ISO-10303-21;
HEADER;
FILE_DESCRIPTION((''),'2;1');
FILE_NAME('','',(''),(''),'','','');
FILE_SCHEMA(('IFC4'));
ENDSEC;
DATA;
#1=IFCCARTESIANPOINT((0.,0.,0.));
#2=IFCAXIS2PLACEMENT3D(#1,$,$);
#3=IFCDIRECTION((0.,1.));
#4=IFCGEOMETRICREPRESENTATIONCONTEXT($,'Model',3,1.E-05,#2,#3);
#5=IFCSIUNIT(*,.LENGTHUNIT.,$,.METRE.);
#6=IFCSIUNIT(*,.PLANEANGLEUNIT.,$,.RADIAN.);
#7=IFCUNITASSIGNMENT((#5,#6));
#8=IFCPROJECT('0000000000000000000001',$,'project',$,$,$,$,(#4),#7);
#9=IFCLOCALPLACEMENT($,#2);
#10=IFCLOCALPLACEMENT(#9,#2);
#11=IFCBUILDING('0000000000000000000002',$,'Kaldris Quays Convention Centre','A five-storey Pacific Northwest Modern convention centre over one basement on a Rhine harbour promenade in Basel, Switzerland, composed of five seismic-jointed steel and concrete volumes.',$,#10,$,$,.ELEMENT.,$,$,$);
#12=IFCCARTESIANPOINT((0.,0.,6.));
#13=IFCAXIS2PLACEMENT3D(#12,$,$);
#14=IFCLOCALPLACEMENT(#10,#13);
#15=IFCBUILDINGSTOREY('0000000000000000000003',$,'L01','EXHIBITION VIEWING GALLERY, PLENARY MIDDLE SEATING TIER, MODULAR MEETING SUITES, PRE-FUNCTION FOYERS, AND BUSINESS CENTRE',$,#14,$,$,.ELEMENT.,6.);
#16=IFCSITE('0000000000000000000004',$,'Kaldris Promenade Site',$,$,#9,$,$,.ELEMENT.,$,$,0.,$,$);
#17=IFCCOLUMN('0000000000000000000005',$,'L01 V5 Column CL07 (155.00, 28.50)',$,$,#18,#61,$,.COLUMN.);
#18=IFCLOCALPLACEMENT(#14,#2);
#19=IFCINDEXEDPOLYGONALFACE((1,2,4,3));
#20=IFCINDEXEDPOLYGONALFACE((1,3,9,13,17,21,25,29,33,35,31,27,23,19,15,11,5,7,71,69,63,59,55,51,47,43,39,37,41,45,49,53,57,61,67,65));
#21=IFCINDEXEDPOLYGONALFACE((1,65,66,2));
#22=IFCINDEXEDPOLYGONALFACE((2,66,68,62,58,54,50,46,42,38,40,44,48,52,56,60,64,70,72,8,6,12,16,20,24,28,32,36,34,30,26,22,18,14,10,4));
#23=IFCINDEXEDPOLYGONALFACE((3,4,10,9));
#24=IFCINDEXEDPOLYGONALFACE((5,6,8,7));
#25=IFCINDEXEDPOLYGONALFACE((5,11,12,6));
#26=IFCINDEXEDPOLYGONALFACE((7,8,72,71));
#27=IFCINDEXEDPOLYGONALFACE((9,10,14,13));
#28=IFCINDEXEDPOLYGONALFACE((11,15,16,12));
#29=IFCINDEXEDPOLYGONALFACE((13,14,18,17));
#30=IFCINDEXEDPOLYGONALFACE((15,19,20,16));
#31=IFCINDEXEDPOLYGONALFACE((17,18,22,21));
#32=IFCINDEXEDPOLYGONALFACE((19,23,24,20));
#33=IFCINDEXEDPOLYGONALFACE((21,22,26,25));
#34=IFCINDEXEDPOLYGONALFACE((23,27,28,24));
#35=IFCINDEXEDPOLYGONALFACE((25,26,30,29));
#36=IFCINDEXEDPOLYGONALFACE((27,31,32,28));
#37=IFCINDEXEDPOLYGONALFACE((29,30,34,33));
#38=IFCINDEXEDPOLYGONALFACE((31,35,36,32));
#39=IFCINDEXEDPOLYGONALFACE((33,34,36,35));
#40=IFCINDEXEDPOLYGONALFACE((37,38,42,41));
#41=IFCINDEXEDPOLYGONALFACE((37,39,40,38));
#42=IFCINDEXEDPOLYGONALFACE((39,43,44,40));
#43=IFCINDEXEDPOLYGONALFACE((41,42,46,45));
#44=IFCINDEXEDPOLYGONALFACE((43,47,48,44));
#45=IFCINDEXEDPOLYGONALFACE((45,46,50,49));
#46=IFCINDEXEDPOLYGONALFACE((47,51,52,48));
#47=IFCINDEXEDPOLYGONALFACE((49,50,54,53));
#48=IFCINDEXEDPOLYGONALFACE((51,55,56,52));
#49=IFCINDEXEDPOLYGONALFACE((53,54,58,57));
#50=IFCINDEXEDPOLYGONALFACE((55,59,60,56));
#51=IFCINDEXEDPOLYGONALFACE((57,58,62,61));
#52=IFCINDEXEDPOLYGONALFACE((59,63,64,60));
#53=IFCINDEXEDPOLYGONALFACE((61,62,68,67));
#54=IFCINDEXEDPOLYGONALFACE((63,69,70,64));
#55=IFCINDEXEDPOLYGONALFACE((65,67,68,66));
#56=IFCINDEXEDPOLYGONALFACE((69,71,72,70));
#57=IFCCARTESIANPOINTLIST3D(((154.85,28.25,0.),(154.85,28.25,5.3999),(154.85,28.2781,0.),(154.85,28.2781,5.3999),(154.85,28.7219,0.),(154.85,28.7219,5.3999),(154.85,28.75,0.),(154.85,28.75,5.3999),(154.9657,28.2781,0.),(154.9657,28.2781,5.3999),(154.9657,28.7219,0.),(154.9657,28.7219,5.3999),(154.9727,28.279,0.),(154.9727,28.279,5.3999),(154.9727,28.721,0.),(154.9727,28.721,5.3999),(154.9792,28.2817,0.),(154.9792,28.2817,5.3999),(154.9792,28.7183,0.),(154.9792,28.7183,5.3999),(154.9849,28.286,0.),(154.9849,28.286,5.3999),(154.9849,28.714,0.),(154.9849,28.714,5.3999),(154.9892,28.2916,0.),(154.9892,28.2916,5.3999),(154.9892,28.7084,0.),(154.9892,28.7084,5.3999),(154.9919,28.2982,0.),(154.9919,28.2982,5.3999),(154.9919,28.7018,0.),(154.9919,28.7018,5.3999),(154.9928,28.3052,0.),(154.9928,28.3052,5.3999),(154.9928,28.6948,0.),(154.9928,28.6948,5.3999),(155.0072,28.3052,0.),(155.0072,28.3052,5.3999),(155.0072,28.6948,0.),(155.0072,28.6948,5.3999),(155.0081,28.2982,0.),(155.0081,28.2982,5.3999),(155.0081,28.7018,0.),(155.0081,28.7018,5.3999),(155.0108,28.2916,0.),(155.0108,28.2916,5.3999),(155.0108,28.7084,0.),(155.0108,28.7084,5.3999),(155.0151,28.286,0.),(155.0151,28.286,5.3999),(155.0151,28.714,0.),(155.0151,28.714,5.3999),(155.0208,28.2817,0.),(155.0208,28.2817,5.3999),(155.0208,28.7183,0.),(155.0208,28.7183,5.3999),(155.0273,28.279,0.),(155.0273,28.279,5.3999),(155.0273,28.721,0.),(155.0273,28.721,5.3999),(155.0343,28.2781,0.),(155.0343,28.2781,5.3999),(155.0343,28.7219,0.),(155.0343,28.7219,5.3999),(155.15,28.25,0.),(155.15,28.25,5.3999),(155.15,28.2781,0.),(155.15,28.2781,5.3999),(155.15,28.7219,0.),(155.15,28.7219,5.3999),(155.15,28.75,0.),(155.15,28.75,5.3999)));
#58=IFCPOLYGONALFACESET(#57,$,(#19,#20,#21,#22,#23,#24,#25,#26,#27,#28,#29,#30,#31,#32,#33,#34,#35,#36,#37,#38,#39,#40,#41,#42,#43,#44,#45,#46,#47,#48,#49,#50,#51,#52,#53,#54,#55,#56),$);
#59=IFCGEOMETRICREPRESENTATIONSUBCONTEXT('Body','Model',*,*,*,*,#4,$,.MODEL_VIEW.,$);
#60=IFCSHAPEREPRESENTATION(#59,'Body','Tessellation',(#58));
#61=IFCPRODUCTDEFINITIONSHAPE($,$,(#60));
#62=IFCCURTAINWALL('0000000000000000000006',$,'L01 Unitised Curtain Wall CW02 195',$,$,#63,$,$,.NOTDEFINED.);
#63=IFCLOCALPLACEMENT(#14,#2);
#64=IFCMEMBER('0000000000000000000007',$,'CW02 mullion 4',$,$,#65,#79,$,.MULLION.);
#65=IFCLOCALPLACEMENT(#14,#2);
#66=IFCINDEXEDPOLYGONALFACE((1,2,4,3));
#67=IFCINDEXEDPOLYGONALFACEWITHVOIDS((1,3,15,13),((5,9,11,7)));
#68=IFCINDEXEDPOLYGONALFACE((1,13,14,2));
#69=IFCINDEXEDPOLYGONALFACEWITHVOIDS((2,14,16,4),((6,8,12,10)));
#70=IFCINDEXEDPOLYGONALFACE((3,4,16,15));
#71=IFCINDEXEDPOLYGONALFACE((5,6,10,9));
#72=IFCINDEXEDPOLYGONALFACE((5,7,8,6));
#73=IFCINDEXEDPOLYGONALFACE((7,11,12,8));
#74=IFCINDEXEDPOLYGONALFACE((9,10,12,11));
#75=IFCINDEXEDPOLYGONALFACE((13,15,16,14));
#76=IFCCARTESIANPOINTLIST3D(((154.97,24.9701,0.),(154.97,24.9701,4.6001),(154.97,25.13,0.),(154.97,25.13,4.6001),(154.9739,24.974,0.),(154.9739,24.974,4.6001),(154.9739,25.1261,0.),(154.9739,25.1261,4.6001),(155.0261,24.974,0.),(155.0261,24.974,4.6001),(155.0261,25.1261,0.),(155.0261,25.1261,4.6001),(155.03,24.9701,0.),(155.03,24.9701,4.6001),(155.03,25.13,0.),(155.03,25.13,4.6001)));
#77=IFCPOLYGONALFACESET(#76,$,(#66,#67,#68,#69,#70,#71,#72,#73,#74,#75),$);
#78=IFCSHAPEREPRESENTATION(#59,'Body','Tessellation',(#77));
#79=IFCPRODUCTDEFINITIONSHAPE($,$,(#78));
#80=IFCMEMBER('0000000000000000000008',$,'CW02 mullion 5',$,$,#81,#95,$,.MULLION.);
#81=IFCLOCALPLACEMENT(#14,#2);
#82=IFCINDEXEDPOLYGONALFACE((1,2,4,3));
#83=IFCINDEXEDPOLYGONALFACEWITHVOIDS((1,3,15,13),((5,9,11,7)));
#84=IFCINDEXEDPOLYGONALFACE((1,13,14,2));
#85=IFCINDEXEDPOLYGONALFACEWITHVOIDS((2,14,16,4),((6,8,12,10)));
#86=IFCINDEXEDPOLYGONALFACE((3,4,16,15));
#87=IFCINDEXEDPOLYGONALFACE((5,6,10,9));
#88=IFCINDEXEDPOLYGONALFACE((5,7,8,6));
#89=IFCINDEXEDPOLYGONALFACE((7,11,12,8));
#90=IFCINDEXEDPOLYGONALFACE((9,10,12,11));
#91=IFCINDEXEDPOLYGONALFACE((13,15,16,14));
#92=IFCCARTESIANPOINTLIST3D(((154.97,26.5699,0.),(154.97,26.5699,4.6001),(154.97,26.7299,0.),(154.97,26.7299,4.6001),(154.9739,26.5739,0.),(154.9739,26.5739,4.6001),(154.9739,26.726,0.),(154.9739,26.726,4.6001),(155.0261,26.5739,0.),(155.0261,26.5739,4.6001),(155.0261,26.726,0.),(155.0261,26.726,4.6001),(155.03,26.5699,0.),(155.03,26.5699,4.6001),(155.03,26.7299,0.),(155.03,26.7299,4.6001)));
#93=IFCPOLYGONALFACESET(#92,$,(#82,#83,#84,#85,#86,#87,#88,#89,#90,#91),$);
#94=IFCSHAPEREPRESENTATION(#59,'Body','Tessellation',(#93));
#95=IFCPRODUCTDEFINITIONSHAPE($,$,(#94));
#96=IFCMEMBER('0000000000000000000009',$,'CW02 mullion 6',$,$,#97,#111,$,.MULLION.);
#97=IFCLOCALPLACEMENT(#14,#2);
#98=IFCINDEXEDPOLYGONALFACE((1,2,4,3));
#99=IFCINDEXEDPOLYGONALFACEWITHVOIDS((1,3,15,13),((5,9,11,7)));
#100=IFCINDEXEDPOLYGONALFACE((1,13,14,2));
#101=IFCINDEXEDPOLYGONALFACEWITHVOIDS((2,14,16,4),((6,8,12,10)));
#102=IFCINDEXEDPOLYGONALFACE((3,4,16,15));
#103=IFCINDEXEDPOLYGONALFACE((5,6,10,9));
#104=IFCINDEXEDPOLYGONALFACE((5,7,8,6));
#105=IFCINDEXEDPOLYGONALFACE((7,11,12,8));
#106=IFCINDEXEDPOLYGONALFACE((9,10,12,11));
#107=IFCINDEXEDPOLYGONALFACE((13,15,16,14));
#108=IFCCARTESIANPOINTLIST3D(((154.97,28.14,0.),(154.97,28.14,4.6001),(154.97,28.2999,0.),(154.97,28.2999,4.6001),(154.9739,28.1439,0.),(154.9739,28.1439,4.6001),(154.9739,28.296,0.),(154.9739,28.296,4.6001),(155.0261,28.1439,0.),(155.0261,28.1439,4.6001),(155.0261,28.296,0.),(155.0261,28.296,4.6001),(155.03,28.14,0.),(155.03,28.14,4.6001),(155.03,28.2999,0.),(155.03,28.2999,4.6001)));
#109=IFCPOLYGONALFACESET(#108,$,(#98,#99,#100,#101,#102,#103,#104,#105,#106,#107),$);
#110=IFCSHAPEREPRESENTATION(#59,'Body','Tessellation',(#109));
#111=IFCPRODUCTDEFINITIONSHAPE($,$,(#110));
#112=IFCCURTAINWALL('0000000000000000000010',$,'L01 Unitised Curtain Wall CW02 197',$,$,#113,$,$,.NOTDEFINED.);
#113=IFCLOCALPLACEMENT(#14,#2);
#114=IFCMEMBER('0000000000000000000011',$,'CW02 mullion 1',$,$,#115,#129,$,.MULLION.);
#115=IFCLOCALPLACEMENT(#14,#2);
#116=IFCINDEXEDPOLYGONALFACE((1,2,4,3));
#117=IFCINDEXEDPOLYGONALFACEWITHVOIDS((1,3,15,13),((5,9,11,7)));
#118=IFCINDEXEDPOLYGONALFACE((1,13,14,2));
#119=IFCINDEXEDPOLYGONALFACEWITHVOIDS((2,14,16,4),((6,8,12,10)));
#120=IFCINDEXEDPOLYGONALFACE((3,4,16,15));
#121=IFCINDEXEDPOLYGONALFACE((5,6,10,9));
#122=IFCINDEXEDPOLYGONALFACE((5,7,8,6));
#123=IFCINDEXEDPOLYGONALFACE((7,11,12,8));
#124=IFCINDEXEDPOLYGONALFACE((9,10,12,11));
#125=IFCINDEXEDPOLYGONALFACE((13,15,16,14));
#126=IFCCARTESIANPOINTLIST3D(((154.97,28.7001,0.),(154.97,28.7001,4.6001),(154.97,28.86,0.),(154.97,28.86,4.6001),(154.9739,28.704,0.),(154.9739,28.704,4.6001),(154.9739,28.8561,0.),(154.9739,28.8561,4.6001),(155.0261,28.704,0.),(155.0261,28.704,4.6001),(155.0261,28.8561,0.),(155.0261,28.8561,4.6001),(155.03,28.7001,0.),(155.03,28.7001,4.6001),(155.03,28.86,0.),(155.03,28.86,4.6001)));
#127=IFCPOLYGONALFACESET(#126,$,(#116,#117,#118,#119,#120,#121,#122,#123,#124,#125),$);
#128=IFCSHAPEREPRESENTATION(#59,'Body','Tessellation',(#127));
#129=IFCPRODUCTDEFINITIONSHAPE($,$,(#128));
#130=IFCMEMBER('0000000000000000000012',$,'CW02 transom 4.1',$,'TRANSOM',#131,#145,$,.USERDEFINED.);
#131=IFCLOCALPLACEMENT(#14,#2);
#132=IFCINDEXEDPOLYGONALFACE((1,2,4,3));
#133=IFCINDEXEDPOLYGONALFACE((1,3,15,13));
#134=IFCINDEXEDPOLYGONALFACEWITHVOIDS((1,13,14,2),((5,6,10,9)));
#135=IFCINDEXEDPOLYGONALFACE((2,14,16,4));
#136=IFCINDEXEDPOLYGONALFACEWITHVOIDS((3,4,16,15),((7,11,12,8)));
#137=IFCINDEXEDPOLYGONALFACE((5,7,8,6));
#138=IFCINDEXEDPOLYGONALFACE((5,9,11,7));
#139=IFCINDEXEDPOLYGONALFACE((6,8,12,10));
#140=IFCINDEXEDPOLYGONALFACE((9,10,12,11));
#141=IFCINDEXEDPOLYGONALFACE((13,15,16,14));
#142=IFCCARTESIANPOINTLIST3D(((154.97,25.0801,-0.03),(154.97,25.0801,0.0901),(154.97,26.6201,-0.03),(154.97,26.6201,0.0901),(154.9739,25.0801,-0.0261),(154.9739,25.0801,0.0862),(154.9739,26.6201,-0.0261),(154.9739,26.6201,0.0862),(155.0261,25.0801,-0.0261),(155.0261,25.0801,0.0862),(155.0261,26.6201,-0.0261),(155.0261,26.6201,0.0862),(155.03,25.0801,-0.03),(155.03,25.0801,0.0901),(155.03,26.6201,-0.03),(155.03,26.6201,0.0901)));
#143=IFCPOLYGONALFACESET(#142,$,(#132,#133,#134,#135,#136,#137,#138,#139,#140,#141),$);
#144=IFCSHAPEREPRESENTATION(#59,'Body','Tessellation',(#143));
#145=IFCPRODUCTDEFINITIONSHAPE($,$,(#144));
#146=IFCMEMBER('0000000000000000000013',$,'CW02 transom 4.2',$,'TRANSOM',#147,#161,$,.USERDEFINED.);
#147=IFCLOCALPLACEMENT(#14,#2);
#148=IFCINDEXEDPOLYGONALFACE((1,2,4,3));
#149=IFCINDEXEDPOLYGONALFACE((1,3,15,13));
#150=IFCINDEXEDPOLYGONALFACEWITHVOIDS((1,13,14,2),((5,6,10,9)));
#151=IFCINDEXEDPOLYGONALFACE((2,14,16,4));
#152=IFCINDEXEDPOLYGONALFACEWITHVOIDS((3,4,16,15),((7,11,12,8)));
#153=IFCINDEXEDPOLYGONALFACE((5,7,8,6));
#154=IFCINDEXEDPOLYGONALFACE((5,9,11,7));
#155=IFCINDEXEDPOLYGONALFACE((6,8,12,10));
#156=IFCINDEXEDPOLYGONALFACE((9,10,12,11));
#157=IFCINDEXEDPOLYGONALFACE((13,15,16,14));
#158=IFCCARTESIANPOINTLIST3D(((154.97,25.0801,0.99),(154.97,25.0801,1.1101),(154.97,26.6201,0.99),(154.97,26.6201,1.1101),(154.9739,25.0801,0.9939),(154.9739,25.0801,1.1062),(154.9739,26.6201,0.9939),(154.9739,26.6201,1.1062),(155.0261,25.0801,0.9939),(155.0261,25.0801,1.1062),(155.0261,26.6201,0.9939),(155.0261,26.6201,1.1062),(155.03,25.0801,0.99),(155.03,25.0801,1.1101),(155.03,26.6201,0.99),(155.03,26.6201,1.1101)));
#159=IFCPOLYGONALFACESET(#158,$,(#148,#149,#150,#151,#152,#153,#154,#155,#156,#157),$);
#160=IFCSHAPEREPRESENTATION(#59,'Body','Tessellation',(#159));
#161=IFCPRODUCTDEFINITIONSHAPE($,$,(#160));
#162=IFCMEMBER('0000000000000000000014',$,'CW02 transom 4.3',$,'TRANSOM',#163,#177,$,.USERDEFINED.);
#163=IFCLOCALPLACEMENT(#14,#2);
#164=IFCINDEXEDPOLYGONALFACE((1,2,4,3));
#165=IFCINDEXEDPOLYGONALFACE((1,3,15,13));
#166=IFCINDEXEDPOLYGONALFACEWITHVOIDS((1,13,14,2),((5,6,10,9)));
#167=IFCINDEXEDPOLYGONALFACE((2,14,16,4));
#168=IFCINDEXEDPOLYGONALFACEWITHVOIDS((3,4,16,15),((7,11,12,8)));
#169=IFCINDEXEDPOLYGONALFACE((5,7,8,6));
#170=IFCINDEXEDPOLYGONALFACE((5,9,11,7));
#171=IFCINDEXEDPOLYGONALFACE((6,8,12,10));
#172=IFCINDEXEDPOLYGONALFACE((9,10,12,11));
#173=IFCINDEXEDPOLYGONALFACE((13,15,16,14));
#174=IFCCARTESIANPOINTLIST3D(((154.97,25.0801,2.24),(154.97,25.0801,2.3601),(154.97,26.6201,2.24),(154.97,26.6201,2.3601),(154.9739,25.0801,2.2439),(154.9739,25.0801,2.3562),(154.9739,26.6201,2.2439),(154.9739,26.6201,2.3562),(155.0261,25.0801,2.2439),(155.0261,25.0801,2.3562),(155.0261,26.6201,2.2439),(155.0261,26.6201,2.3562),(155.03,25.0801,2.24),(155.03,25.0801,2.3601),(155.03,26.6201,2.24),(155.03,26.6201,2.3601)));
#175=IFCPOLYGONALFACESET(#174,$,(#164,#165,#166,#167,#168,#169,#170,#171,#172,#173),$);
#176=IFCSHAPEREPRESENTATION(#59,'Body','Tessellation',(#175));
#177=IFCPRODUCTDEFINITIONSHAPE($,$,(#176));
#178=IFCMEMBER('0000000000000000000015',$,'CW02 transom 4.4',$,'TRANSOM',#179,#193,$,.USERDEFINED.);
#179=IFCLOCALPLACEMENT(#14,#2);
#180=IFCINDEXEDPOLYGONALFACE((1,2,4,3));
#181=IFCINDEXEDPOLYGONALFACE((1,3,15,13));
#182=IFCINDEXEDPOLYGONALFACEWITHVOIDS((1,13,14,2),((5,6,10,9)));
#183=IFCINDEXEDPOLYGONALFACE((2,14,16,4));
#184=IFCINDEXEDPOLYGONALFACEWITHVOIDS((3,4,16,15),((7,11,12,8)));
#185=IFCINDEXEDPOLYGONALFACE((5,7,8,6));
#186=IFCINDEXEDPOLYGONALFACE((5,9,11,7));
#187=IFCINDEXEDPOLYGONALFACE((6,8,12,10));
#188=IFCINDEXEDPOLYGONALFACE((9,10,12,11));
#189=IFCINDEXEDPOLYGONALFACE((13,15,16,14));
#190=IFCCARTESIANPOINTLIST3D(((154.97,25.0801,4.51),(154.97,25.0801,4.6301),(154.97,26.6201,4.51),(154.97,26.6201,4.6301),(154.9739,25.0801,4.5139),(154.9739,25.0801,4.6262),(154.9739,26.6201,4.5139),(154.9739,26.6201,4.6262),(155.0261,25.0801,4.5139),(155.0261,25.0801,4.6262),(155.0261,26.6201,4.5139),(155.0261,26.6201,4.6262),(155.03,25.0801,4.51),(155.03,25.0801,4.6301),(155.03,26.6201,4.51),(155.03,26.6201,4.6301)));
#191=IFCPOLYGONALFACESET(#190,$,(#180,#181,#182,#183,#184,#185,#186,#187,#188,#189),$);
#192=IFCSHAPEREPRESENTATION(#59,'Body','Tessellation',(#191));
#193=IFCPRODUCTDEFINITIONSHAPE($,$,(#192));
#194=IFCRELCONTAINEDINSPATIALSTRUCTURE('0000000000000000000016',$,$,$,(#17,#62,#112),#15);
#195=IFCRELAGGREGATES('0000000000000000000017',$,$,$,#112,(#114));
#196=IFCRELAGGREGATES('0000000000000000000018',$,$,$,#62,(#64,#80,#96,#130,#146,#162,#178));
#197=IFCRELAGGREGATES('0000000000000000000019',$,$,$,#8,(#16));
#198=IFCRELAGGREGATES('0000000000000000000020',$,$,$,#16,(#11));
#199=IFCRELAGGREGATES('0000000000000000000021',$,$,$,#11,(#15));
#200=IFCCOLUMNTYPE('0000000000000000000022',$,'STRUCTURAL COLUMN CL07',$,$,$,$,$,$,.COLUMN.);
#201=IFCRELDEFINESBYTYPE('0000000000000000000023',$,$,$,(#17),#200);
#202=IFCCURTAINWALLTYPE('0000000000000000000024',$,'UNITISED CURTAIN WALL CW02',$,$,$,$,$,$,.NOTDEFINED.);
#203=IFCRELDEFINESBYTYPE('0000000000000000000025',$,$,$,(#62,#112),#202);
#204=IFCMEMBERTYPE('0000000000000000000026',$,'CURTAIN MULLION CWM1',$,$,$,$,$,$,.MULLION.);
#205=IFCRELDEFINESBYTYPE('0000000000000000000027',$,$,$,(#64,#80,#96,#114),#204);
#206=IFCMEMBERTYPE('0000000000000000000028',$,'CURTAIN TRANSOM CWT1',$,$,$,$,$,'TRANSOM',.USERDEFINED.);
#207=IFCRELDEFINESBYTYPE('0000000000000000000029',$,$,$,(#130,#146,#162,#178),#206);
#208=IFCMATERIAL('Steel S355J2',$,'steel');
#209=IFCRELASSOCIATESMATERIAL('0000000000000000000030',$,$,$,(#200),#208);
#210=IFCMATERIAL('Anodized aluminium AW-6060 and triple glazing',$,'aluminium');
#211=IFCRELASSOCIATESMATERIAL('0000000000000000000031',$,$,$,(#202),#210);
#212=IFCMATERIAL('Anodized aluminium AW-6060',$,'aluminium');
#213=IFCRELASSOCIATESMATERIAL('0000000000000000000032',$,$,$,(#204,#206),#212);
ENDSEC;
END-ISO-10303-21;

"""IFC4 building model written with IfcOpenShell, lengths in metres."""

from ifc_helpers import new_model, si_unit, direction, frame, origin, origin_2d, place, context, subcontext, project, spatial, hollow_rectangle, i_section, extrude, material, material_profile, profile_set, type_object, element, aggregate, save


model = new_model("IFC4")

# Units and contexts
model_context = context("Model", 3, precision=1e-05, world=origin(), true_north=direction((0.0, 1.0)))
body_context = subcontext(model_context, "Body", "Model", "MODEL_VIEW")
ifc_project = project(units=[si_unit("LENGTHUNIT", "METRE"), si_unit("PLANEANGLEUNIT", "RADIAN")], contexts=[model_context])

# Site, building, storey
site_placement = place(None, origin())
site = spatial("IfcSite", under=ifc_project, at=site_placement, Name="Kaldris Promenade Site", CompositionType="ELEMENT", RefElevation=0.0)
building_placement = place(site_placement, origin())
building = spatial("IfcBuilding", under=site, at=building_placement, Name="Kaldris Quays Convention Centre", Description="A five-storey Pacific Northwest Modern convention centre over one basement on a Rhine harbour promenade in Basel, Switzerland, composed of five seismic-jointed steel and concrete volumes.", CompositionType="ELEMENT")
storey_placement = place(building_placement, frame((0.0, 0.0, 6.0)))
storey = spatial("IfcBuildingStorey", under=building, at=storey_placement, Name="L01", Description="EXHIBITION VIEWING GALLERY, PLENARY MIDDLE SEATING TIER, MODULAR MEETING SUITES, PRE-FUNCTION FOYERS, AND BUSINESS CENTRE", CompositionType="ELEMENT", Elevation=6.0)

# Column
ifc_material_1 = material(Name="Steel S355J2", Category="steel")
ifc_material_profile_1 = material_profile(ifc_material_1, i_section(OverallWidth=0.3, OverallDepth=0.5, WebThickness=0.0144, FlangeThickness=0.0281, FilletRadius=0.0271, at=origin_2d()), Name="HEB 500")
ifc_profile_set_1 = profile_set([ifc_material_profile_1], Name="Steel S355J2")
column_type = type_object("IfcColumnType", Name="STRUCTURAL COLUMN CL07", PredefinedType="COLUMN", material=ifc_profile_set_1)
column_placement = place(storey_placement, frame((155.0, 28.5, 0.0), z_axis=(0.0, 0.0, 1.0), x_axis=(1.0, 0.0, 0.0)))
element("IfcColumn", 1, at=column_placement, inside=storey, type_object=column_type, Name="L01 V5 Column CL07 (155.00, 28.50)", PredefinedType="COLUMN", context=body_context, shape_type="SweptSolid", body=[
    extrude(i_section(OverallWidth=0.3, OverallDepth=0.5, WebThickness=0.0144, FlangeThickness=0.0281, FilletRadius=0.0271, at=origin_2d()), origin(), (0.0, 0.0, 1.0), 5.3999),
])

# Curtain wall, members
ifc_material_2 = material(Name="Anodized aluminium AW-6060 and triple glazing", Category="aluminium")
curtain_wall_type = type_object("IfcCurtainWallType", Name="UNITISED CURTAIN WALL CW02", PredefinedType="NOTDEFINED", material=ifc_material_2)
curtain_wall_1_placement = place(storey_placement, origin())
curtain_wall_1 = element("IfcCurtainWall", 2, at=curtain_wall_1_placement, inside=storey, type_object=curtain_wall_type, Name="L01 Unitised Curtain Wall CW02 195", PredefinedType="NOTDEFINED")
ifc_material_3 = material(Name="Anodized aluminium AW-6060", Category="aluminium")
ifc_material_profile_2 = material_profile(ifc_material_3, hollow_rectangle(XDim=0.0601, YDim=0.1599, WallThickness=0.0039, at=origin_2d()), Name="RHS 160x60x4")
ifc_profile_set_2 = profile_set([ifc_material_profile_2], Name="Anodized aluminium AW-6060")
member_type_1 = type_object("IfcMemberType", Name="CURTAIN MULLION CWM1", PredefinedType="MULLION", material=ifc_profile_set_2)
member_1_placement = place(storey_placement, frame((155.0, 25.05, 0.0), z_axis=(0.0, 0.0, 1.0), x_axis=(-1.0, 0.0, 0.0)))
member_1 = element("IfcMember", 3, at=member_1_placement, type_object=member_type_1, Name="CW02 mullion 4", PredefinedType="MULLION", context=body_context, shape_type="SweptSolid", body=[
    extrude(hollow_rectangle(XDim=0.0601, YDim=0.1599, WallThickness=0.0039, at=origin_2d()), origin(), (0.0, 0.0, 1.0), 4.6001),
])
member_2_placement = place(storey_placement, frame((155.0, 26.6499, 0.0), z_axis=(0.0, 0.0, 1.0), x_axis=(-1.0, 0.0, 0.0)))
member_2 = element("IfcMember", 4, at=member_2_placement, type_object=member_type_1, Name="CW02 mullion 5", PredefinedType="MULLION", context=body_context, shape_type="SweptSolid", body=[
    extrude(hollow_rectangle(XDim=0.0601, YDim=0.1599, WallThickness=0.0039, at=origin_2d()), origin(), (0.0, 0.0, 1.0), 4.6001),
])
member_3_placement = place(storey_placement, frame((155.0, 28.22, 0.0), z_axis=(0.0, 0.0, 1.0), x_axis=(-1.0, 0.0, 0.0)))
member_3 = element("IfcMember", 5, at=member_3_placement, type_object=member_type_1, Name="CW02 mullion 6", PredefinedType="MULLION", context=body_context, shape_type="SweptSolid", body=[
    extrude(hollow_rectangle(XDim=0.0601, YDim=0.1599, WallThickness=0.0039, at=origin_2d()), origin(), (0.0, 0.0, 1.0), 4.6001),
])

# Curtain wall, member
curtain_wall_2_placement = place(storey_placement, origin())
curtain_wall_2 = element("IfcCurtainWall", 6, at=curtain_wall_2_placement, inside=storey, type_object=curtain_wall_type, Name="L01 Unitised Curtain Wall CW02 197", PredefinedType="NOTDEFINED")
member_4_placement = place(storey_placement, frame((155.0, 28.78, 0.0), z_axis=(0.0, 0.0, 1.0), x_axis=(-1.0, 0.0, 0.0)))
member_4 = element("IfcMember", 7, at=member_4_placement, type_object=member_type_1, Name="CW02 mullion 1", PredefinedType="MULLION", context=body_context, shape_type="SweptSolid", body=[
    extrude(hollow_rectangle(XDim=0.0601, YDim=0.1599, WallThickness=0.0039, at=origin_2d()), origin(), (0.0, 0.0, 1.0), 4.6001),
])

# Members
ifc_material_profile_3 = material_profile(ifc_material_3, hollow_rectangle(XDim=0.0601, YDim=0.1201, WallThickness=0.0039, at=origin_2d()), Name="RHS 120x60x4")
ifc_profile_set_3 = profile_set([ifc_material_profile_3], Name="Anodized aluminium AW-6060")
member_type_2 = type_object("IfcMemberType", Name="CURTAIN TRANSOM CWT1", ElementType="TRANSOM", PredefinedType="USERDEFINED", material=ifc_profile_set_3)
member_5_placement = place(storey_placement, frame((155.0, 25.0801, 0.03), z_axis=(0.0, 1.0, 0.0), x_axis=(-1.0, 0.0, 0.0)))
member_5 = element("IfcMember", 8, at=member_5_placement, type_object=member_type_2, Name="CW02 transom 4.1", ObjectType="TRANSOM", PredefinedType="USERDEFINED", context=body_context, shape_type="SweptSolid", body=[
    extrude(hollow_rectangle(XDim=0.0601, YDim=0.1201, WallThickness=0.0039, at=origin_2d()), origin(), (0.0, 0.0, 1.0), 1.54),
])
member_6_placement = place(storey_placement, frame((155.0, 25.0801, 1.05), z_axis=(0.0, 1.0, 0.0), x_axis=(-1.0, 0.0, 0.0)))
member_6 = element("IfcMember", 9, at=member_6_placement, type_object=member_type_2, Name="CW02 transom 4.2", ObjectType="TRANSOM", PredefinedType="USERDEFINED", context=body_context, shape_type="SweptSolid", body=[
    extrude(hollow_rectangle(XDim=0.0601, YDim=0.1201, WallThickness=0.0039, at=origin_2d()), origin(), (0.0, 0.0, 1.0), 1.54),
])
member_7_placement = place(storey_placement, frame((155.0, 25.0801, 2.3), z_axis=(0.0, 1.0, 0.0), x_axis=(-1.0, 0.0, 0.0)))
member_7 = element("IfcMember", 10, at=member_7_placement, type_object=member_type_2, Name="CW02 transom 4.3", ObjectType="TRANSOM", PredefinedType="USERDEFINED", context=body_context, shape_type="SweptSolid", body=[
    extrude(hollow_rectangle(XDim=0.0601, YDim=0.1201, WallThickness=0.0039, at=origin_2d()), origin(), (0.0, 0.0, 1.0), 1.54),
])
member_8_placement = place(storey_placement, frame((155.0, 25.0801, 4.5701), z_axis=(0.0, 1.0, 0.0), x_axis=(-1.0, 0.0, 0.0)))
member_8 = element("IfcMember", 11, at=member_8_placement, type_object=member_type_2, Name="CW02 transom 4.4", ObjectType="TRANSOM", PredefinedType="USERDEFINED", context=body_context, shape_type="SweptSolid", body=[
    extrude(hollow_rectangle(XDim=0.0601, YDim=0.1201, WallThickness=0.0039, at=origin_2d()), origin(), (0.0, 0.0, 1.0), 1.54),
])
aggregate(curtain_wall_2, [member_4])

aggregate(curtain_wall_1, [member_1, member_2, member_3, member_5, member_6, member_7, member_8])

save(model, "model.ifc")
